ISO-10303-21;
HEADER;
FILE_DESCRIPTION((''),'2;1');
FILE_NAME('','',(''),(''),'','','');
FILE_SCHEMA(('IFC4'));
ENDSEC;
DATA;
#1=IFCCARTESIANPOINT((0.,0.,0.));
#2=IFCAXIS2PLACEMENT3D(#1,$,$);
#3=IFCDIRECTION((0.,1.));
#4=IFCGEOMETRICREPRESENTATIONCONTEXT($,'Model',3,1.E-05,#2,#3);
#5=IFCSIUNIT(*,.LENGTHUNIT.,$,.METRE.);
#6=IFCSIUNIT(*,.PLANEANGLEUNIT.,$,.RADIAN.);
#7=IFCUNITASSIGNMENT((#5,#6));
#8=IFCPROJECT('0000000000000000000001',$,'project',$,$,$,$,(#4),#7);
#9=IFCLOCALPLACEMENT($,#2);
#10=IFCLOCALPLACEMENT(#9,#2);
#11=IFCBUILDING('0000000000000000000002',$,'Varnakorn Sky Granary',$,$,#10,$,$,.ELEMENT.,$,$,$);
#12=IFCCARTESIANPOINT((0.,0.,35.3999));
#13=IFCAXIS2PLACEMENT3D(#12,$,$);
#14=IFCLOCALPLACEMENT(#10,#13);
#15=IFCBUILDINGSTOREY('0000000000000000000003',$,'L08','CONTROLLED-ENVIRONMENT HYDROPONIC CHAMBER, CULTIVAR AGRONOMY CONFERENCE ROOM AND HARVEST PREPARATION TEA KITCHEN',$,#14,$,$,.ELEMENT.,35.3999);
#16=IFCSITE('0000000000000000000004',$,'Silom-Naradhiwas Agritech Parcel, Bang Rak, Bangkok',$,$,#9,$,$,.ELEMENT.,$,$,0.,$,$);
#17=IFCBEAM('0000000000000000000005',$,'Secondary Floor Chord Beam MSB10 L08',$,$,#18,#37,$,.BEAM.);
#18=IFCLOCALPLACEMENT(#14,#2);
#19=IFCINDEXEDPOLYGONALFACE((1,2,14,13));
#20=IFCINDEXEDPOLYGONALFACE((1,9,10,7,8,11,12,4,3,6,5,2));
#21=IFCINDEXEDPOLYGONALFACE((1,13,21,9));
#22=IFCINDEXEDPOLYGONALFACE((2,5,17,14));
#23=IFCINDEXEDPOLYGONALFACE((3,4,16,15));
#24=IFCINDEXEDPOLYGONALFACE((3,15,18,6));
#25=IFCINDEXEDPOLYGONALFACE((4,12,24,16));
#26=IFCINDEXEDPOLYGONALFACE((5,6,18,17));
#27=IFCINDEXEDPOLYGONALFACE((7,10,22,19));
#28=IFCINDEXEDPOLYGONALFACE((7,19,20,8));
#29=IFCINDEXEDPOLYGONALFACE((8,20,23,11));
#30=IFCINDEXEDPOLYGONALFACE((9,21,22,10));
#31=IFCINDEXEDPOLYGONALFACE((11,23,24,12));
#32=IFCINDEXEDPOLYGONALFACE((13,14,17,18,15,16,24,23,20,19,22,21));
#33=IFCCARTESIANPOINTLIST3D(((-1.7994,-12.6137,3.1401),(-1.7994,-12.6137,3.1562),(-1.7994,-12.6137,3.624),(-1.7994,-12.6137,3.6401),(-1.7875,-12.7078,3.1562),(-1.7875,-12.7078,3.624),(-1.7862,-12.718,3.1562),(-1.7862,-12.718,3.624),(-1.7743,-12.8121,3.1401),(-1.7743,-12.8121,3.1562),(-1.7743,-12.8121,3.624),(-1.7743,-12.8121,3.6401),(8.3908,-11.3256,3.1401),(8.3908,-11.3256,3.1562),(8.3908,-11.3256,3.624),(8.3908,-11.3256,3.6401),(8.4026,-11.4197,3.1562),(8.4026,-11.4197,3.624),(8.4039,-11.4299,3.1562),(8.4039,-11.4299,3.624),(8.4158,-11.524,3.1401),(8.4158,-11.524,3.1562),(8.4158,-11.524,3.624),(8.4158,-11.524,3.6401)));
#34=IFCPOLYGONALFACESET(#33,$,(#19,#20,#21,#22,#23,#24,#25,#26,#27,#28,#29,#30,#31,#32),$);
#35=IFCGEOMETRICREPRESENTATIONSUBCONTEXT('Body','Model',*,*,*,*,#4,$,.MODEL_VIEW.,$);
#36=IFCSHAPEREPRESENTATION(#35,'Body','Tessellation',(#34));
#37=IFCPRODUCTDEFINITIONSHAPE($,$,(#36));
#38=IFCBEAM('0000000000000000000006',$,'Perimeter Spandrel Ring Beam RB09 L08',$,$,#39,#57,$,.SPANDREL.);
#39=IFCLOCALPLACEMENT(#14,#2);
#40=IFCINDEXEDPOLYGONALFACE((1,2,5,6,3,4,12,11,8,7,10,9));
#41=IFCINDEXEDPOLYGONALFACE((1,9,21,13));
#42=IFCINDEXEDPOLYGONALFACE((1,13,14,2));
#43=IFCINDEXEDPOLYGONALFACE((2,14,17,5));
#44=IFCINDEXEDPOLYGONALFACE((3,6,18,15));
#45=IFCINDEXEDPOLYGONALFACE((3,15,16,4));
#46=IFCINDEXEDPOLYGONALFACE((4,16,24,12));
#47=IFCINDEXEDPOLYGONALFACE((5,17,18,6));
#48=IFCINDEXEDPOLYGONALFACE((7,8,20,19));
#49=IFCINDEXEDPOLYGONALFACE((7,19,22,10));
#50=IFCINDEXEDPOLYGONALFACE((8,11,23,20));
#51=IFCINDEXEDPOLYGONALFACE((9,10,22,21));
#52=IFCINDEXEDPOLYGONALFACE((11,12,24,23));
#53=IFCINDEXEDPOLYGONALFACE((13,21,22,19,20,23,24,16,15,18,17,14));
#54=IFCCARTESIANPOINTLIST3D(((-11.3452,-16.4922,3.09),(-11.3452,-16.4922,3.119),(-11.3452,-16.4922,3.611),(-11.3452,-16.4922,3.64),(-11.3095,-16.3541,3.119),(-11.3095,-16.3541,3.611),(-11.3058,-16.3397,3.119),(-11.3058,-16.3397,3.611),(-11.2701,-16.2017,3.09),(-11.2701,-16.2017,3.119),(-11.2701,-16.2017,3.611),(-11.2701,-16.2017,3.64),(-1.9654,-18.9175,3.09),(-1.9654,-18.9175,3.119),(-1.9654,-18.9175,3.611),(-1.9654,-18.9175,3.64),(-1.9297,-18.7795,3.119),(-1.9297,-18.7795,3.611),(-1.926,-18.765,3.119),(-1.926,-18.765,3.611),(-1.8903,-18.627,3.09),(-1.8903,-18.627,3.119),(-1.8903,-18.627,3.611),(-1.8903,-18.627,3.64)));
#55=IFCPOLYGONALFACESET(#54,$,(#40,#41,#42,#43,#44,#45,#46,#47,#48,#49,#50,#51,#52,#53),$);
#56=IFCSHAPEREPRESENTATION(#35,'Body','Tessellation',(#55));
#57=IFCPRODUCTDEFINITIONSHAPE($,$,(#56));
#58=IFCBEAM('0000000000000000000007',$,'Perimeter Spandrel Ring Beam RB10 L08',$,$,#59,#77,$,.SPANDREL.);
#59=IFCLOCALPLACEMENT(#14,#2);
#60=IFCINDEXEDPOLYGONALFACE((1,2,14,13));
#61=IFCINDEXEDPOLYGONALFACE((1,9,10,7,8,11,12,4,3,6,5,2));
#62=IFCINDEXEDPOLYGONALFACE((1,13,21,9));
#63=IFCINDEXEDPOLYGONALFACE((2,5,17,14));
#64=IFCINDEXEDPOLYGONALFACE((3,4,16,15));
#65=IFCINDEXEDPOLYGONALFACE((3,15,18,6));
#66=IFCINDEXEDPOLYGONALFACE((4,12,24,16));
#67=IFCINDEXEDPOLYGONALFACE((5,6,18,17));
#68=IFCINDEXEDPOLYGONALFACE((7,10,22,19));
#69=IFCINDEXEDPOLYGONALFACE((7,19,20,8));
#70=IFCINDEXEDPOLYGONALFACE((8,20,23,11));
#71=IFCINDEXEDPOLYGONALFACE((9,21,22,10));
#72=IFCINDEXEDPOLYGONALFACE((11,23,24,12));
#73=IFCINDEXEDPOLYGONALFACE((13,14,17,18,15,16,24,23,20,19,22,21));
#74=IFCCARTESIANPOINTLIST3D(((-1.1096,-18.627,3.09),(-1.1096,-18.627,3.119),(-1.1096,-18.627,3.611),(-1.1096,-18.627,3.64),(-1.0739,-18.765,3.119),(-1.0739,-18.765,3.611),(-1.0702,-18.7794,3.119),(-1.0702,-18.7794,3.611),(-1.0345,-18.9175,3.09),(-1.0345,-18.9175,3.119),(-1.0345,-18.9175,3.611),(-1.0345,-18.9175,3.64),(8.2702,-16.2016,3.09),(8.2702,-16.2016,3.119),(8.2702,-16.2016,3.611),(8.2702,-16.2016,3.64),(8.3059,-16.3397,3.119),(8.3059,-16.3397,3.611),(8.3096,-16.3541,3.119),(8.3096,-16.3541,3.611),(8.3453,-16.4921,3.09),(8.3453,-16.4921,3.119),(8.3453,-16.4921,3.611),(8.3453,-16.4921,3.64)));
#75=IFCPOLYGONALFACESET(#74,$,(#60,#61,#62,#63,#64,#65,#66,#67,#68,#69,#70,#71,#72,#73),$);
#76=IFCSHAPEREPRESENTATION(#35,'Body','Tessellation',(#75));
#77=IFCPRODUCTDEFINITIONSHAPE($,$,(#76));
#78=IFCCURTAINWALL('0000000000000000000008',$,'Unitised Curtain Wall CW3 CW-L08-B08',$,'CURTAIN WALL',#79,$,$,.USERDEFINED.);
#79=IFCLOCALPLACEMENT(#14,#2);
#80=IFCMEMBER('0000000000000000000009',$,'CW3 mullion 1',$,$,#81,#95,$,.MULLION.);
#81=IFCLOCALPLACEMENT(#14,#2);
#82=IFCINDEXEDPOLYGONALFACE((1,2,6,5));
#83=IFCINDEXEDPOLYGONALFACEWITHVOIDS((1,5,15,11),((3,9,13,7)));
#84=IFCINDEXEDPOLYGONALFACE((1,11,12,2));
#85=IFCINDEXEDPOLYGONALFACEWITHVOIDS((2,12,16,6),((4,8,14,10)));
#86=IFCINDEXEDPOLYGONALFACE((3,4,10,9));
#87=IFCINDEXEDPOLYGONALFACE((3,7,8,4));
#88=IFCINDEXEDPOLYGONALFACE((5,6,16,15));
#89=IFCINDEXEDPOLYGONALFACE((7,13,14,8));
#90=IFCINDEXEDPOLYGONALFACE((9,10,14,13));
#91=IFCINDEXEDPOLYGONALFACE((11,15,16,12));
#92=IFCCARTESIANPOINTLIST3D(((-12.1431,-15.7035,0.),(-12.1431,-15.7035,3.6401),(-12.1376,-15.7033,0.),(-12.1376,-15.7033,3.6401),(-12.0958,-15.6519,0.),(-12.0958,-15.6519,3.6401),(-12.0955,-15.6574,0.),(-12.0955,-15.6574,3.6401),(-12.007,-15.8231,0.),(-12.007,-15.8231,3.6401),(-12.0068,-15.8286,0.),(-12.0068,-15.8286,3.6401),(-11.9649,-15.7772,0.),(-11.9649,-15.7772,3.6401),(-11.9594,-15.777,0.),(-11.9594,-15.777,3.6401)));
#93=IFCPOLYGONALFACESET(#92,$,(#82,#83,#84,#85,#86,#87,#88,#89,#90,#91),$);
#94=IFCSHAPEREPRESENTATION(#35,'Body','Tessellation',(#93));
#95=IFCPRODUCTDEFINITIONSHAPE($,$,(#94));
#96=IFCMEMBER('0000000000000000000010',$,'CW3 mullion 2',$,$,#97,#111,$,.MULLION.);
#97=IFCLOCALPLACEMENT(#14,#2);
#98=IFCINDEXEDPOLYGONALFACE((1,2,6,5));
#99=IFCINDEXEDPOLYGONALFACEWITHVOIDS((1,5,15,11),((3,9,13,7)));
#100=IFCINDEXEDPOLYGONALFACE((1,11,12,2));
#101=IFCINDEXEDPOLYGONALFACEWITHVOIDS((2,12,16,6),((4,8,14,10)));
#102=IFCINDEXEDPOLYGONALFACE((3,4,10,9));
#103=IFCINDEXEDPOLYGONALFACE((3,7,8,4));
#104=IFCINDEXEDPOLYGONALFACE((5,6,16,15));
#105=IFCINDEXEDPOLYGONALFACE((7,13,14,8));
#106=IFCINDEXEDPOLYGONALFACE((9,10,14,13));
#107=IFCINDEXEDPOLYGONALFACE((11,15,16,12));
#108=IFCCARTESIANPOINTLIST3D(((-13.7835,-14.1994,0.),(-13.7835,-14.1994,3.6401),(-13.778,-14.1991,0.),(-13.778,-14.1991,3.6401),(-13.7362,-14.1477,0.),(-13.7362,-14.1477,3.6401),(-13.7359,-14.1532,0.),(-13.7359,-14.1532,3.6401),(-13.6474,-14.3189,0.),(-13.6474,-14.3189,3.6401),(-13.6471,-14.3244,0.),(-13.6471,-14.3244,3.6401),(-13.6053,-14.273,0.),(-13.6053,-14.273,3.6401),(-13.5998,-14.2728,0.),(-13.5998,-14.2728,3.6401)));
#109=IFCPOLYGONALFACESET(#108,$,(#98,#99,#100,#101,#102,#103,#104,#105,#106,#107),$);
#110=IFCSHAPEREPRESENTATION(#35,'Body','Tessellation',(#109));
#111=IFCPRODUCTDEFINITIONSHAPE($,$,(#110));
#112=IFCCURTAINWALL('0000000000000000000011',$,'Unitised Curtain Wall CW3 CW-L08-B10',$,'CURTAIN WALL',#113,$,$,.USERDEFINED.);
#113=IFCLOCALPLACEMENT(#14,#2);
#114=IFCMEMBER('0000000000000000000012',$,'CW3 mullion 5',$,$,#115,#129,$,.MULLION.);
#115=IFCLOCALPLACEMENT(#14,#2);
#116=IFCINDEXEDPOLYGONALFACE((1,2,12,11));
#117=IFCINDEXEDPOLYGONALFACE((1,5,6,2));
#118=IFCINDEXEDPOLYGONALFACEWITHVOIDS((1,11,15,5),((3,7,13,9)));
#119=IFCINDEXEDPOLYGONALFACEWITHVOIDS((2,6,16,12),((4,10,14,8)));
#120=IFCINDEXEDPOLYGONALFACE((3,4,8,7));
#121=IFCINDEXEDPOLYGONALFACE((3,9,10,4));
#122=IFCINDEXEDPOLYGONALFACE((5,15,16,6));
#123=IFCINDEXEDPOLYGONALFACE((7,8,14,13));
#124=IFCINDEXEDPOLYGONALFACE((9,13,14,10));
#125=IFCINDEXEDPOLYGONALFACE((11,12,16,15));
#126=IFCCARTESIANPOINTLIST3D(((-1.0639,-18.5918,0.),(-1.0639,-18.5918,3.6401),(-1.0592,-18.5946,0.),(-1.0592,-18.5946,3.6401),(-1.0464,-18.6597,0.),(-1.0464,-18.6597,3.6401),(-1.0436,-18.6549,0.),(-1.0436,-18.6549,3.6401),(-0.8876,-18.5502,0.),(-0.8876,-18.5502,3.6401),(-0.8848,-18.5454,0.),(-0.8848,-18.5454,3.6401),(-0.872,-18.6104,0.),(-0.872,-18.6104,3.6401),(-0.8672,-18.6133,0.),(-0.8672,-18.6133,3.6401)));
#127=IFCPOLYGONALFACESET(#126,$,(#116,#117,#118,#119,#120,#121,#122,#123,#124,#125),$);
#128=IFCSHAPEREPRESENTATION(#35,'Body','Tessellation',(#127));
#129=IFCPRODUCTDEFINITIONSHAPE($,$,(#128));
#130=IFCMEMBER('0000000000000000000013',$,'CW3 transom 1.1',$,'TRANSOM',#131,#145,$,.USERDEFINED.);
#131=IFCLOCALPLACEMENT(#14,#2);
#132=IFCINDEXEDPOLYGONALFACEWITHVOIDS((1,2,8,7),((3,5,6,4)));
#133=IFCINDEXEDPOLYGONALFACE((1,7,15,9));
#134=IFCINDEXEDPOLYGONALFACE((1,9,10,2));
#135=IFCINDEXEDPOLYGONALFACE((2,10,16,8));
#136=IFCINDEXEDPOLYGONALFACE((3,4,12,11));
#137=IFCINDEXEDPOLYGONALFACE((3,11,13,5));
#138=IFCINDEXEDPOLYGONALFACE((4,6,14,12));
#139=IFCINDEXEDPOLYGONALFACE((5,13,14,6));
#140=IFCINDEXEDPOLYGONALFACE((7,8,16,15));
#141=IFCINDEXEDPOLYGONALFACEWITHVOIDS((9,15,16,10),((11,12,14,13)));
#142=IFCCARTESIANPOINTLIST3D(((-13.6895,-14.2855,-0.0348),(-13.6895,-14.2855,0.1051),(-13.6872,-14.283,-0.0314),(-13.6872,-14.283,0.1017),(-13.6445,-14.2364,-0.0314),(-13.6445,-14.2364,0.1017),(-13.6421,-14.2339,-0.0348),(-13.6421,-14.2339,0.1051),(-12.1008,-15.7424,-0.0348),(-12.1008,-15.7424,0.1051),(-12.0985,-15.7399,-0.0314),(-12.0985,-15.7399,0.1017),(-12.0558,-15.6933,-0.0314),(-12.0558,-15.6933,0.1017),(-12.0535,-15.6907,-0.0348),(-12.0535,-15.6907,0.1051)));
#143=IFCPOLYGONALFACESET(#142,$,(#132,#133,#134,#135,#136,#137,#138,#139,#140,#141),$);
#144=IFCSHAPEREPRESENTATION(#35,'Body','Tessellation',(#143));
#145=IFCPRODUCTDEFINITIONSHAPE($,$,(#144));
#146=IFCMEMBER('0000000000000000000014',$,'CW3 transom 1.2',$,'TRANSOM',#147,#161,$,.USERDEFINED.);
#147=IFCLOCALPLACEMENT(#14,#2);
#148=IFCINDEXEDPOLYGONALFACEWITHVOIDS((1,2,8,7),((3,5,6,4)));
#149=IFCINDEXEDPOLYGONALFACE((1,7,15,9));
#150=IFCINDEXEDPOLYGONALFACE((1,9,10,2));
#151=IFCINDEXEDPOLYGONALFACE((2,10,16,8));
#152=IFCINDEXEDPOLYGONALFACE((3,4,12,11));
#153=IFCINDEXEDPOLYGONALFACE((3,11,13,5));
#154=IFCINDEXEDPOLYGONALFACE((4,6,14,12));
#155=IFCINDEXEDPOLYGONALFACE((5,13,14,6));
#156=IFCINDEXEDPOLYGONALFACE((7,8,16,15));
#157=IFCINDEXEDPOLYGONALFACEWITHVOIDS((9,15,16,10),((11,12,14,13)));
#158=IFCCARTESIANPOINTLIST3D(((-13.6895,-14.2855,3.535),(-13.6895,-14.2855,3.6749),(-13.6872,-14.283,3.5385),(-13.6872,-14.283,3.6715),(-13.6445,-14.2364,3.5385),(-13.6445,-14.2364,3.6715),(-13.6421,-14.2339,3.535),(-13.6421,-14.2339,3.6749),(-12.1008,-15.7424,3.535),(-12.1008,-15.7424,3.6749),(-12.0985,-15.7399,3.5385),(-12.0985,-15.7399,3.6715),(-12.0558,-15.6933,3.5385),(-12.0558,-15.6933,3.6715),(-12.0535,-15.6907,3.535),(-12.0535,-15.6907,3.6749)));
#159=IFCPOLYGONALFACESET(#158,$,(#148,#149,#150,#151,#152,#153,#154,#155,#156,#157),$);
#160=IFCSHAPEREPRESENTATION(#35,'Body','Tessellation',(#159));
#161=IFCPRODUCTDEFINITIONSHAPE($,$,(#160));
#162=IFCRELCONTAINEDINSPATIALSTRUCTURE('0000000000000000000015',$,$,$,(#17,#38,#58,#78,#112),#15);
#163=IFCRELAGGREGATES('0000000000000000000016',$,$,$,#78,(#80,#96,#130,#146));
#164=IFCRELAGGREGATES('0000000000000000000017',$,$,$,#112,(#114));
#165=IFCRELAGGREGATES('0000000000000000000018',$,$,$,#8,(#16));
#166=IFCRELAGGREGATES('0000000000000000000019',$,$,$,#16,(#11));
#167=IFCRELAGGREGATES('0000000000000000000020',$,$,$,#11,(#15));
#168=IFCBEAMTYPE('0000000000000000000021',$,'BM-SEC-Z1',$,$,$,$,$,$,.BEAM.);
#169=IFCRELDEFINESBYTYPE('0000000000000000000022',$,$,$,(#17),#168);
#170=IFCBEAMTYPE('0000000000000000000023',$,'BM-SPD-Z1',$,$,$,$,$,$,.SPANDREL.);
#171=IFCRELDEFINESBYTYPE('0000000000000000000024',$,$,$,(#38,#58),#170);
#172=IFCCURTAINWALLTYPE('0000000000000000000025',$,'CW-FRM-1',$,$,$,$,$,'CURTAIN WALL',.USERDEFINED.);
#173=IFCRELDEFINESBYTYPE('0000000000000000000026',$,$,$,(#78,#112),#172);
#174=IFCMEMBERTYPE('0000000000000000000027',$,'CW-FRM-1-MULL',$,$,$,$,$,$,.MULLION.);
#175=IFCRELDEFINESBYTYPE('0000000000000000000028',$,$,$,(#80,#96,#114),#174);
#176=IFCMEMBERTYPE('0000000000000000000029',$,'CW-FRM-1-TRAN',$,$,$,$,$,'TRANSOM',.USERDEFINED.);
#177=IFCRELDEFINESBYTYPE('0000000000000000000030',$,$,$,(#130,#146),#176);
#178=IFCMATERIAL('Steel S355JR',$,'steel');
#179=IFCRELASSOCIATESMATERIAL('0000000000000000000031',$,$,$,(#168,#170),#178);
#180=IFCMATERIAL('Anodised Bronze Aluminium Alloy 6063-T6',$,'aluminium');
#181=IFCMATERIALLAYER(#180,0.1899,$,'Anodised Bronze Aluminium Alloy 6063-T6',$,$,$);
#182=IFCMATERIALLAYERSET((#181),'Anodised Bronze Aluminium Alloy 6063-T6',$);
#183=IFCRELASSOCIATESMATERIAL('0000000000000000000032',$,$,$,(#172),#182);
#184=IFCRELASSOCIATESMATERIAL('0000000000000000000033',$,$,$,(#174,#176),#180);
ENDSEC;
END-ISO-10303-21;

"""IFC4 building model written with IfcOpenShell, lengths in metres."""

from ifc_helpers import new_model, si_unit, direction, frame, origin, origin_2d, place, context, subcontext, project, spatial, hollow_rectangle, i_section, extrude, material, layer, layer_set, material_profile, profile_set, type_object, element, aggregate, save


model = new_model("IFC4")

# Units and contexts
model_context = context("Model", 3, precision=1e-05, world=origin(), true_north=direction((0.0, 1.0)))
body_context = subcontext(model_context, "Body", "Model", "MODEL_VIEW")
ifc_project = project(units=[si_unit("LENGTHUNIT", "METRE"), si_unit("PLANEANGLEUNIT", "RADIAN")], contexts=[model_context])

# Site, building, storey
site_placement = place(None, origin())
site = spatial("IfcSite", under=ifc_project, at=site_placement, Name="Silom-Naradhiwas Agritech Parcel, Bang Rak, Bangkok", CompositionType="ELEMENT", RefElevation=0.0)
building_placement = place(site_placement, origin())
building = spatial("IfcBuilding", under=site, at=building_placement, Name="Varnakorn Sky Granary", CompositionType="ELEMENT")
storey_placement = place(building_placement, frame((0.0, 0.0, 35.3999)))
storey = spatial("IfcBuildingStorey", under=building, at=storey_placement, Name="L08", Description="CONTROLLED-ENVIRONMENT HYDROPONIC CHAMBER, CULTIVAR AGRONOMY CONFERENCE ROOM AND HARVEST PREPARATION TEA KITCHEN", CompositionType="ELEMENT", Elevation=35.3999)

# Beams
ifc_material_1 = material(Name="Steel S355JR", Category="steel")
ifc_material_profile_1 = material_profile(ifc_material_1, i_section(OverallWidth=0.2, OverallDepth=0.5, WebThickness=0.0103, FlangeThickness=0.0161, at=origin_2d()), Name="IPE 500")
ifc_profile_set_1 = profile_set([ifc_material_profile_1], Name="Steel S355JR")
beam_type_1 = type_object("IfcBeamType", Name="BM-SEC-Z1", PredefinedType="BEAM", material=ifc_profile_set_1)
beam_1_placement = place(storey_placement, frame((-1.7869, -12.7129, 3.3901), z_axis=(0.992105, 0.125407, 0.0), x_axis=(-0.125407, 0.992105, 0.0)))
element("IfcBeam", 1, at=beam_1_placement, inside=storey, type_object=beam_type_1, Name="Secondary Floor Chord Beam MSB10 L08", PredefinedType="BEAM", context=body_context, shape_type="SweptSolid", body=[
    extrude(i_section(OverallWidth=0.2, OverallDepth=0.5, WebThickness=0.0103, FlangeThickness=0.0161, at=origin_2d()), origin(), (0.0, 0.0, 1.0), 10.2712),
])
ifc_material_profile_2 = material_profile(ifc_material_1, i_section(OverallWidth=0.3, OverallDepth=0.55, WebThickness=0.0149, FlangeThickness=0.0291, at=origin_2d()), Name="HE 550 B")
ifc_profile_set_2 = profile_set([ifc_material_profile_2], Name="Steel S355JR")
beam_type_2 = type_object("IfcBeamType", Name="BM-SPD-Z1", PredefinedType="SPANDREL", material=ifc_profile_set_2)
for number, where, z_axis, x_axis, name in (
    (2, (-11.3076, -16.3469, 3.365), (0.968159, -0.250337, 0.0), (0.250337, 0.968159, 0.0), "Perimeter Spandrel Ring Beam RB09 L08"),
    (3, (-1.072, -18.7722, 3.365), (0.968159, 0.250337, 0.0), (-0.250337, 0.968159, 0.0), "Perimeter Spandrel Ring Beam RB10 L08"),
):
    element("IfcBeam", number, at=place(storey_placement, frame(where, z_axis=z_axis, x_axis=x_axis)), inside=storey, type_object=beam_type_2, Name=name, PredefinedType="SPANDREL", context=body_context, shape_type="SweptSolid", body=[
        extrude(i_section(OverallWidth=0.3, OverallDepth=0.55, WebThickness=0.0149, FlangeThickness=0.0291, at=origin_2d()), origin(), (0.0, 0.0, 1.0), 9.6882),
    ])

# Curtain wall, members
ifc_material_2 = material(Name="Anodised Bronze Aluminium Alloy 6063-T6", Category="aluminium")
ifc_layer_1 = layer(ifc_material_2, 0.1899, Name="Anodised Bronze Aluminium Alloy 6063-T6")
ifc_layer_set_1 = layer_set([ifc_layer_1], Name="Anodised Bronze Aluminium Alloy 6063-T6")
curtain_wall_type = type_object("IfcCurtainWallType", Name="CW-FRM-1", ElementType="CURTAIN WALL", PredefinedType="USERDEFINED", material=ifc_layer_set_1)
curtain_wall_1_placement = place(storey_placement, origin())
curtain_wall_1 = element("IfcCurtainWall", 4, at=curtain_wall_1_placement, inside=storey, type_object=curtain_wall_type, Name="Unitised Curtain Wall CW3 CW-L08-B08", ObjectType="CURTAIN WALL", PredefinedType="USERDEFINED")
ifc_material_profile_3 = material_profile(ifc_material_2, hollow_rectangle(XDim=0.0701, YDim=0.1851, WallThickness=0.0039, at=origin_2d()), Name="ALU MULL 70x185")
ifc_profile_set_3 = profile_set([ifc_material_profile_3], Name="Anodised Bronze Aluminium Alloy 6063-T6")
member_type_1 = type_object("IfcMemberType", Name="CW-FRM-1-MULL", PredefinedType="MULLION", material=ifc_profile_set_3)
member_1_placement = place(storey_placement, frame((-12.0513, -15.7402, 0.0), z_axis=(0.0, 0.0, 1.0), x_axis=(-0.675878, -0.737013, 0.0)))
member_1 = element("IfcMember", 5, at=member_1_placement, type_object=member_type_1, Name="CW3 mullion 1", PredefinedType="MULLION", context=body_context, shape_type="SweptSolid", body=[
    extrude(hollow_rectangle(XDim=0.0701, YDim=0.1851, WallThickness=0.0039, at=origin_2d()), origin(), (0.0, 0.0, 1.0), 3.6401),
])
member_2_placement = place(storey_placement, frame((-13.6917, -14.2361, 0.0), z_axis=(0.0, 0.0, 1.0), x_axis=(-0.675878, -0.737013, 0.0)))
member_2 = element("IfcMember", 6, at=member_2_placement, type_object=member_type_1, Name="CW3 mullion 2", PredefinedType="MULLION", context=body_context, shape_type="SweptSolid", body=[
    extrude(hollow_rectangle(XDim=0.0701, YDim=0.1851, WallThickness=0.0039, at=origin_2d()), origin(), (0.0, 0.0, 1.0), 3.6401),
])

# Curtain wall, member
curtain_wall_2_placement = place(storey_placement, origin())
curtain_wall_2 = element("IfcCurtainWall", 7, at=curtain_wall_2_placement, inside=storey, type_object=curtain_wall_type, Name="Unitised Curtain Wall CW3 CW-L08-B10", ObjectType="CURTAIN WALL", PredefinedType="USERDEFINED")
member_3_placement = place(storey_placement, frame((-0.9656, -18.6025, 0.0), z_axis=(0.0, 0.0, 1.0), x_axis=(0.25076, -0.968049, 0.0)))
member_3 = element("IfcMember", 8, at=member_3_placement, type_object=member_type_1, Name="CW3 mullion 5", PredefinedType="MULLION", context=body_context, shape_type="SweptSolid", body=[
    extrude(hollow_rectangle(XDim=0.0701, YDim=0.1851, WallThickness=0.0039, at=origin_2d()), origin(), (0.0, 0.0, 1.0), 3.6401),
])

# Members
ifc_material_profile_4 = material_profile(ifc_material_2, hollow_rectangle(XDim=0.0701, YDim=0.1399, WallThickness=0.0034, at=origin_2d()), Name="ALU TRAN 70x140")
ifc_profile_set_4 = profile_set([ifc_material_profile_4], Name="Anodised Bronze Aluminium Alloy 6063-T6")
member_type_2 = type_object("IfcMemberType", Name="CW-FRM-1-TRAN", ElementType="TRANSOM", PredefinedType="USERDEFINED", material=ifc_profile_set_4)
member_4_placement = place(storey_placement, frame((-12.0771, -15.7166, 0.0352), z_axis=(-0.737027, 0.675863, 0.0), x_axis=(-0.675863, -0.737027, 0.0)))
member_4 = element("IfcMember", 9, at=member_4_placement, type_object=member_type_2, Name="CW3 transom 1.1", ObjectType="TRANSOM", PredefinedType="USERDEFINED", context=body_context, shape_type="SweptSolid", body=[
    extrude(hollow_rectangle(XDim=0.0701, YDim=0.1399, WallThickness=0.0034, at=origin_2d()), origin(), (0.0, 0.0, 1.0), 2.1555),
])
member_5_placement = place(storey_placement, frame((-12.0771, -15.7166, 3.605), z_axis=(-0.737027, 0.675863, 0.0), x_axis=(-0.675863, -0.737027, 0.0)))
member_5 = element("IfcMember", 10, at=member_5_placement, type_object=member_type_2, Name="CW3 transom 1.2", ObjectType="TRANSOM", PredefinedType="USERDEFINED", context=body_context, shape_type="SweptSolid", body=[
    extrude(hollow_rectangle(XDim=0.0701, YDim=0.1399, WallThickness=0.0034, at=origin_2d()), origin(), (0.0, 0.0, 1.0), 2.1555),
])

aggregate(curtain_wall_1, [member_1, member_2, member_4, member_5])
aggregate(curtain_wall_2, [member_3])

save(model, "model.ifc")
